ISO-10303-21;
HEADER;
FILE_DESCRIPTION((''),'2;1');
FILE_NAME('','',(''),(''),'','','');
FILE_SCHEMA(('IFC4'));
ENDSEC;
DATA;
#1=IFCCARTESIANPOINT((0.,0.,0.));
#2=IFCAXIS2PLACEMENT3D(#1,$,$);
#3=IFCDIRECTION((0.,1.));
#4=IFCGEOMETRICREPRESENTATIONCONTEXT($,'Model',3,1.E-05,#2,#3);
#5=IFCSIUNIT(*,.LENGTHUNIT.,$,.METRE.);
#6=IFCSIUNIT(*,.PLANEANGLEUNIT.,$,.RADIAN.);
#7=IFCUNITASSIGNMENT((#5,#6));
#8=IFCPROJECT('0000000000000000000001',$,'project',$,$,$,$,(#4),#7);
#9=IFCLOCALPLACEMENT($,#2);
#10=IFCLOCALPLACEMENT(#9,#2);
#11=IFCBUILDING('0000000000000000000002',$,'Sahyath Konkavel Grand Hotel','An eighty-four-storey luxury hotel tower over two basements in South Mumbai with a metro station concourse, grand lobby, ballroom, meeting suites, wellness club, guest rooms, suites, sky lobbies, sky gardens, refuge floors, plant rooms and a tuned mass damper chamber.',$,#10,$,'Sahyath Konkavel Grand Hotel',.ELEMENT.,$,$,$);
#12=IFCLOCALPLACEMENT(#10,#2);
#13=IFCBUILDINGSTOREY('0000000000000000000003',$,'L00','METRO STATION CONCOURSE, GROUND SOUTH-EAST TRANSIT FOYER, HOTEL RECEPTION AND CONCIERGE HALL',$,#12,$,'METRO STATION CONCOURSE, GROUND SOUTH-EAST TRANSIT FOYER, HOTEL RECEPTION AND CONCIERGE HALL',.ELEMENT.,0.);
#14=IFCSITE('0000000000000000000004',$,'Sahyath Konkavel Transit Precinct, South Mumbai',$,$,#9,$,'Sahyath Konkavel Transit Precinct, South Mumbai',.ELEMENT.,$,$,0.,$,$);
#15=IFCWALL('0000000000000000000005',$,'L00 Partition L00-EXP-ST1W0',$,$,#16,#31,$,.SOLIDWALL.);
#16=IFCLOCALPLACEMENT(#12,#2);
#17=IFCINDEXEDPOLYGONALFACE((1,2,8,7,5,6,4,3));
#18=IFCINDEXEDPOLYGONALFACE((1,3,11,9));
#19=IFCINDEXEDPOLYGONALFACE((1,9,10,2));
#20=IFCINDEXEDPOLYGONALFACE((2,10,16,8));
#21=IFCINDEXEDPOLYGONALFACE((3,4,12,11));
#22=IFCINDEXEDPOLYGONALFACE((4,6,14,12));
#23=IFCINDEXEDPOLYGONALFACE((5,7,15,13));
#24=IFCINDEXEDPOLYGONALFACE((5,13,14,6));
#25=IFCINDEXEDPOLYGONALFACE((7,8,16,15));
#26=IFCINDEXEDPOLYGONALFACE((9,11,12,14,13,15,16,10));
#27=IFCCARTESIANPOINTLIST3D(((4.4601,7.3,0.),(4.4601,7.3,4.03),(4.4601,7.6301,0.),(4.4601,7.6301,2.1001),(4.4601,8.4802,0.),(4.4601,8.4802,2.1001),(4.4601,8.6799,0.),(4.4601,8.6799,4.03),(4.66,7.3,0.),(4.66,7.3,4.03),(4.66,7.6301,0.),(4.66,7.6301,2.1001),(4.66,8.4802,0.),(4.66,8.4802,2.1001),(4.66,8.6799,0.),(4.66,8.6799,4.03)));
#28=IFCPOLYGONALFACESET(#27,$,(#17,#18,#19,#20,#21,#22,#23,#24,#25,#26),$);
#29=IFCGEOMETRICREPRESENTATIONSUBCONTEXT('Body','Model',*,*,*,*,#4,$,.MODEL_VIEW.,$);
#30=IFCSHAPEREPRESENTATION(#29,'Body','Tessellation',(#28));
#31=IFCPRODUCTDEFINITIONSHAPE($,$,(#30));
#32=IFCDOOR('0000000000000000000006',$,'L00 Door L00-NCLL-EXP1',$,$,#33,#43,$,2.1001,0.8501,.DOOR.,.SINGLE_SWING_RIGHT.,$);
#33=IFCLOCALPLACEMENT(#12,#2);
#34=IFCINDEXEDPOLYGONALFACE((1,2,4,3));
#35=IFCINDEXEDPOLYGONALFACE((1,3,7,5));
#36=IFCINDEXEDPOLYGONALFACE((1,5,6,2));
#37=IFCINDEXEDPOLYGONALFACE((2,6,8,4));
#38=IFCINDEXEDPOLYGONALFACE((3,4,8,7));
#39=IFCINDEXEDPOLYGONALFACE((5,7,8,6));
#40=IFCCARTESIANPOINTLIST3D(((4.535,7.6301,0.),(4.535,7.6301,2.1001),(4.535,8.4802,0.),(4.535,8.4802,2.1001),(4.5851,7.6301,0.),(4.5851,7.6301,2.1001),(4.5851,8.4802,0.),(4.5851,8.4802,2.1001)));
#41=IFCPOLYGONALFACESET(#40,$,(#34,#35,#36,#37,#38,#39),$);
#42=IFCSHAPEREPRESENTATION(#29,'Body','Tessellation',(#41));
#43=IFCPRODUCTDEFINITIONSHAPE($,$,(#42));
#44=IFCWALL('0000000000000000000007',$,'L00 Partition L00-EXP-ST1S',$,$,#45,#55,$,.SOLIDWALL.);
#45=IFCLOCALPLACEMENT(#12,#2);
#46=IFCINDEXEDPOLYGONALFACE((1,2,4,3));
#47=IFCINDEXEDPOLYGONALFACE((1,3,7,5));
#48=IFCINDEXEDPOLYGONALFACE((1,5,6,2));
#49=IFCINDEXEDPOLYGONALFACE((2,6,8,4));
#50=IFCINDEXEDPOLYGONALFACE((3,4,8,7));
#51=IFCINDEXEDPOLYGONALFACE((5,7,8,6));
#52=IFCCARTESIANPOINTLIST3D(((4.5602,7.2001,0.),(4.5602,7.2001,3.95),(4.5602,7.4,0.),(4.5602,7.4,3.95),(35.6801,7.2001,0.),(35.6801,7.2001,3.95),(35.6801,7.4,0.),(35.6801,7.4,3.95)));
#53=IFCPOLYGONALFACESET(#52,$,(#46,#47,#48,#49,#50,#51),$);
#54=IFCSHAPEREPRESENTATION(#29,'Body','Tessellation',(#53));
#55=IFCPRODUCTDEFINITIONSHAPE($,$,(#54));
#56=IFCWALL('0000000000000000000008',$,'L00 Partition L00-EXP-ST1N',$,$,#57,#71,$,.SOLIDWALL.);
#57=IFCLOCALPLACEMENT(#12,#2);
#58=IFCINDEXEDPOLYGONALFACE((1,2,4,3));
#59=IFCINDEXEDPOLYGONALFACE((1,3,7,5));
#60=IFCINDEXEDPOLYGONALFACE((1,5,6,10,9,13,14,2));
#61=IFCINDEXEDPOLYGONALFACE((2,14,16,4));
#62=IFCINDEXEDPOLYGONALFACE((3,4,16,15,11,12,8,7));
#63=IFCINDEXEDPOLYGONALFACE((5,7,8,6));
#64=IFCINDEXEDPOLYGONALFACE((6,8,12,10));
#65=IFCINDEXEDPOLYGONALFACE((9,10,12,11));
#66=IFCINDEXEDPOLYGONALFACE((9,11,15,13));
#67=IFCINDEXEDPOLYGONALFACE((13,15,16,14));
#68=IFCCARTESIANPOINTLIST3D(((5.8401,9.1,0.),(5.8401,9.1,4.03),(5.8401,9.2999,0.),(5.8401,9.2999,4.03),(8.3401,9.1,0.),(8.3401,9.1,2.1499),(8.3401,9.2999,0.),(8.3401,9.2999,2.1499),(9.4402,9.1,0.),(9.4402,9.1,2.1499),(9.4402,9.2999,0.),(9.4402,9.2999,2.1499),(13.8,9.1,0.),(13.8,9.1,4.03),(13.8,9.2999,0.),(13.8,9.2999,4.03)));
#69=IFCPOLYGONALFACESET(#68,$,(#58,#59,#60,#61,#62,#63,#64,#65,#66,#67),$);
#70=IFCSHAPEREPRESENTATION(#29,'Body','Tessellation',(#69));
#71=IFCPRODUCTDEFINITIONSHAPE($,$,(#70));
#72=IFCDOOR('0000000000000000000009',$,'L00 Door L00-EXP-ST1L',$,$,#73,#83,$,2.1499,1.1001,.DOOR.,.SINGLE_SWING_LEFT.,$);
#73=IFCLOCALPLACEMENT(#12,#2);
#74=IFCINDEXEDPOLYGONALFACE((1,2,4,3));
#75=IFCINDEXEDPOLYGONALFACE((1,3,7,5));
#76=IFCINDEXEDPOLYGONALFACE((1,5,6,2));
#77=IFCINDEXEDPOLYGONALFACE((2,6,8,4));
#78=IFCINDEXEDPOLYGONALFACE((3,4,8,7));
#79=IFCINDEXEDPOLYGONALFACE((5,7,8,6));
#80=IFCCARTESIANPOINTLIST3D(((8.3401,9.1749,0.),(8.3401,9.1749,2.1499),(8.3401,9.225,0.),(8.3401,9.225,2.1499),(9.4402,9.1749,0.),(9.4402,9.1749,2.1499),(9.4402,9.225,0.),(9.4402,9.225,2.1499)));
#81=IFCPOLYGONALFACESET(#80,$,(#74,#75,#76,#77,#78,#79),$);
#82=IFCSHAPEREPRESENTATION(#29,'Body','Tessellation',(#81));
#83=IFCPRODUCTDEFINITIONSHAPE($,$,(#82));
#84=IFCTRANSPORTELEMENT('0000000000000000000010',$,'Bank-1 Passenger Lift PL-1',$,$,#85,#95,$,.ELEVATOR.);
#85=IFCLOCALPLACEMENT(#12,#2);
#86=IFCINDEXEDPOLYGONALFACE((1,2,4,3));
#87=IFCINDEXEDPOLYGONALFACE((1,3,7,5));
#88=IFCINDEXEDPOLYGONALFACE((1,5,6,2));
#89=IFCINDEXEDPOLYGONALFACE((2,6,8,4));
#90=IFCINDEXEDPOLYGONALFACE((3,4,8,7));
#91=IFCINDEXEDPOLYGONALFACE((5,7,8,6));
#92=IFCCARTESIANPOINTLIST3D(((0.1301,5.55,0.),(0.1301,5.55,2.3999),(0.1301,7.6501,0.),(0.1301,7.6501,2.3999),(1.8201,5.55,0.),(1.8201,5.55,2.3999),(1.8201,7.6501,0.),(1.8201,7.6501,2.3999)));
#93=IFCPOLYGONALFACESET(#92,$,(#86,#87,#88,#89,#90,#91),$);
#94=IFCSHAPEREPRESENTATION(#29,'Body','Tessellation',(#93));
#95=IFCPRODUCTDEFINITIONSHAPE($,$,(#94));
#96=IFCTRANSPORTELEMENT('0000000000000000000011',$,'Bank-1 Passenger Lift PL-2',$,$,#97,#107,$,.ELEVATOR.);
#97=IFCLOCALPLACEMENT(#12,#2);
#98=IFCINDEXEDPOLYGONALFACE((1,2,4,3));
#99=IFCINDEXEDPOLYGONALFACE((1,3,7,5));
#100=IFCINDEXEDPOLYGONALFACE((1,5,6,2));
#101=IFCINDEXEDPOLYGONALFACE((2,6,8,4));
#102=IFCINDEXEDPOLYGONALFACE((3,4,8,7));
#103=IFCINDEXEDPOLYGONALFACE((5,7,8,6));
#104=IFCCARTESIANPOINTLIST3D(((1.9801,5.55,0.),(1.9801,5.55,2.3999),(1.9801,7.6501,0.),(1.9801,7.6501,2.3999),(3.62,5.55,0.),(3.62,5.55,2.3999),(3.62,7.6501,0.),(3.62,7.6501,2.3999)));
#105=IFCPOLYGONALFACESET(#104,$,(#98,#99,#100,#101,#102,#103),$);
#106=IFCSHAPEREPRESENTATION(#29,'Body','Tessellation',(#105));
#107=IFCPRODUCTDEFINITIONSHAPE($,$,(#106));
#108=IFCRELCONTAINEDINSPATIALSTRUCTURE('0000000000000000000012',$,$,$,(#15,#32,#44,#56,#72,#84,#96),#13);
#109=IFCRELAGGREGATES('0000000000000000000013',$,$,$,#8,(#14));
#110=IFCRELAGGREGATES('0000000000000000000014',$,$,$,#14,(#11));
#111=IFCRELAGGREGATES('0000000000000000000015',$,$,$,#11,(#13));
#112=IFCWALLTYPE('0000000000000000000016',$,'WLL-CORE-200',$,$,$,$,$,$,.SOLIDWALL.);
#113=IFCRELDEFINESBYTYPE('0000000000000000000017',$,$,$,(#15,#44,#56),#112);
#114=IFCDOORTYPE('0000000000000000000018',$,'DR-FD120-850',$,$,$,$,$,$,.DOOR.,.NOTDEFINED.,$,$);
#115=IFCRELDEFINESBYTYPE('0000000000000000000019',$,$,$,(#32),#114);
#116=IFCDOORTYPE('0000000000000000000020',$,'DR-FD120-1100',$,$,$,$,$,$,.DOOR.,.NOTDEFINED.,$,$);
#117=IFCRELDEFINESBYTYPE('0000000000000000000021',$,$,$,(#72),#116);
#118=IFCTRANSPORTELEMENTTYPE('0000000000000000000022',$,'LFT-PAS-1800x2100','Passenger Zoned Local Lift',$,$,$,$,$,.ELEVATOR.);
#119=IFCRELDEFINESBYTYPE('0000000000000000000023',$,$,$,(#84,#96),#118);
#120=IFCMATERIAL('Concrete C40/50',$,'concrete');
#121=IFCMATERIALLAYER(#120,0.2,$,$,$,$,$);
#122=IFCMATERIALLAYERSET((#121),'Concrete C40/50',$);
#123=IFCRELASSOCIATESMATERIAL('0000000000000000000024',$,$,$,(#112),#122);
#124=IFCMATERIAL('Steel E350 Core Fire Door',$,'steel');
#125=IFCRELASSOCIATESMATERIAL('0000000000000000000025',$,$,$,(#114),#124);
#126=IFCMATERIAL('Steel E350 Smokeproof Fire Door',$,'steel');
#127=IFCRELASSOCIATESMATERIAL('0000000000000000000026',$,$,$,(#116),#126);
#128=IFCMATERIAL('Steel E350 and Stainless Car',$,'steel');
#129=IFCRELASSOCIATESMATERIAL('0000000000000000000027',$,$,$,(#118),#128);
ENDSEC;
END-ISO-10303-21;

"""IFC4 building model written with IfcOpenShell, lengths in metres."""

from ifc_helpers import new_model, si_unit, direction, frame, frame_2d, origin, origin_2d, place, context, subcontext, project, spatial, rectangle, extrude, source, transform, mapped, material, layer, layer_set, type_object, element, fill, save


model = new_model("IFC4")

# Units and contexts
model_context = context("Model", 3, precision=1e-05, world=origin(), true_north=direction((0.0, 1.0)))
body_context = subcontext(model_context, "Body", "Model", "MODEL_VIEW")
ifc_project = project(units=[si_unit("LENGTHUNIT", "METRE"), si_unit("PLANEANGLEUNIT", "RADIAN")], contexts=[model_context])

# Site, building, storey
site_placement = place(None, origin())
site = spatial("IfcSite", under=ifc_project, at=site_placement, Name="Sahyath Konkavel Transit Precinct, South Mumbai", LongName="Sahyath Konkavel Transit Precinct, South Mumbai", CompositionType="ELEMENT", RefElevation=0.0)
building_placement = place(site_placement, origin())
building = spatial("IfcBuilding", under=site, at=building_placement, Name="Sahyath Konkavel Grand Hotel", Description="An eighty-four-storey luxury hotel tower over two basements in South Mumbai with a metro station concourse, grand lobby, ballroom, meeting suites, wellness club, guest rooms, suites, sky lobbies, sky gardens, refuge floors, plant rooms and a tuned mass damper chamber.", LongName="Sahyath Konkavel Grand Hotel", CompositionType="ELEMENT")
storey_placement = place(building_placement, origin())
storey = spatial("IfcBuildingStorey", under=building, at=storey_placement, Name="L00", Description="METRO STATION CONCOURSE, GROUND SOUTH-EAST TRANSIT FOYER, HOTEL RECEPTION AND CONCIERGE HALL", LongName="METRO STATION CONCOURSE, GROUND SOUTH-EAST TRANSIT FOYER, HOTEL RECEPTION AND CONCIERGE HALL", CompositionType="ELEMENT", Elevation=0.0)

# Shared definitions
ifc_material_1 = material(Name="Concrete C40/50", Category="concrete")
ifc_layer = layer(ifc_material_1, 0.2)
ifc_layer_set = layer_set([ifc_layer], Name="Concrete C40/50")
wall_type = type_object("IfcWallType", Name="WLL-CORE-200", PredefinedType="SOLIDWALL", material=ifc_layer_set)

# Wall, opening, door
wall_1_placement = place(storey_placement, frame((4.5601, 7.3, 0.0), z_axis=(0.0, 0.0, 1.0), x_axis=(0.0, 1.0, 0.0)))
wall_1 = element("IfcWall", 1, at=wall_1_placement, inside=storey, type_object=wall_type, Name="L00 Partition L00-EXP-ST1W0", PredefinedType="SOLIDWALL", context=body_context, shape_type="SweptSolid", body=[
    extrude(rectangle(XDim=1.3799, YDim=0.2, at=frame_2d((0.6899, 0.0))), origin(), (0.0, 0.0, 1.0), 4.03),
])
opening_1_placement = place(wall_1_placement, frame((0.3301, 0.0, 0.0)))
opening_1 = element("IfcOpeningElement", 2, at=opening_1_placement, cuts=wall_1, PredefinedType="OPENING", context=body_context, shape_type="SweptSolid", body=[
    extrude(rectangle(XDim=0.8501, YDim=2.1001, at=frame_2d((0.425, 1.05))), frame((0.0, 0.1099, 0.0), z_axis=(0.0, -1.0, 0.0), x_axis=(1.0, 0.0, 0.0)), (0.0, 0.0, 1.0), 0.22),
])
ifc_material_2 = material(Name="Steel E350 Core Fire Door", Category="steel")
door_type_1 = type_object("IfcDoorType", Name="DR-FD120-850", OperationType="NOTDEFINED", PredefinedType="DOOR", material=ifc_material_2)
shared_shape_1 = source(origin(), body_context, "Body", "SweptSolid", [
    extrude(rectangle(XDim=0.8501, YDim=0.05, at=origin_2d()), origin(), (0.0, 0.0, 1.0), 2.1001),
])
door_1_placement = place(opening_1_placement, frame((0.425, 0.0, 0.0)))
door_1 = element("IfcDoor", 3, at=door_1_placement, inside=storey, type_object=door_type_1, Name="L00 Door L00-NCLL-EXP1", OperationType="SINGLE_SWING_RIGHT", OverallHeight=2.1001, OverallWidth=0.8501, PredefinedType="DOOR", context=body_context, shape_type="MappedRepresentation", body=[
    mapped(shared_shape_1, transform((0.0, 0.0, 0.0), scale=1.0)),
])
fill(opening_1, door_1)

# Wall
wall_2_placement = place(storey_placement, frame((4.5601, 7.3, 0.0), z_axis=(0.0, 0.0, 1.0), x_axis=(1.0, 0.0, 0.0)))
element("IfcWall", 4, at=wall_2_placement, inside=storey, type_object=wall_type, Name="L00 Partition L00-EXP-ST1S", PredefinedType="SOLIDWALL", context=body_context, shape_type="SweptSolid", body=[
    extrude(rectangle(XDim=31.1199, YDim=0.2, at=frame_2d((15.5601, 0.0))), origin(), (0.0, 0.0, 1.0), 3.95),
])

# Wall, opening, door
wall_3_placement = place(storey_placement, frame((5.8401, 9.2, 0.0), z_axis=(0.0, 0.0, 1.0), x_axis=(1.0, 0.0, 0.0)))
wall_3 = element("IfcWall", 5, at=wall_3_placement, inside=storey, type_object=wall_type, Name="L00 Partition L00-EXP-ST1N", PredefinedType="SOLIDWALL", context=body_context, shape_type="SweptSolid", body=[
    extrude(rectangle(XDim=7.96, YDim=0.2, at=frame_2d((3.98, 0.0))), origin(), (0.0, 0.0, 1.0), 4.03),
])
opening_2_placement = place(wall_3_placement, frame((2.5, 0.0, 0.0)))
opening_2 = element("IfcOpeningElement", 6, at=opening_2_placement, cuts=wall_3, PredefinedType="OPENING", context=body_context, shape_type="SweptSolid", body=[
    extrude(rectangle(XDim=1.1001, YDim=2.1499, at=frame_2d((0.55, 1.075))), frame((0.0, 0.1099, 0.0), z_axis=(0.0, -1.0, 0.0), x_axis=(1.0, 0.0, 0.0)), (0.0, 0.0, 1.0), 0.22),
])
ifc_material_3 = material(Name="Steel E350 Smokeproof Fire Door", Category="steel")
door_type_2 = type_object("IfcDoorType", Name="DR-FD120-1100", OperationType="NOTDEFINED", PredefinedType="DOOR", material=ifc_material_3)
shared_shape_2 = source(origin(), body_context, "Body", "SweptSolid", [
    extrude(rectangle(XDim=1.1001, YDim=0.05, at=origin_2d()), origin(), (0.0, 0.0, 1.0), 2.1499),
])
door_2_placement = place(opening_2_placement, frame((0.55, 0.0, 0.0)))
door_2 = element("IfcDoor", 7, at=door_2_placement, inside=storey, type_object=door_type_2, Name="L00 Door L00-EXP-ST1L", OperationType="SINGLE_SWING_LEFT", OverallHeight=2.1499, OverallWidth=1.1001, PredefinedType="DOOR", context=body_context, shape_type="MappedRepresentation", body=[
    mapped(shared_shape_2, transform((0.0, 0.0, 0.0), scale=1.0)),
])
fill(opening_2, door_2)

# Transport elements
ifc_material_4 = material(Name="Steel E350 and Stainless Car", Category="steel")
transport_element_type = type_object("IfcTransportElementType", Name="LFT-PAS-1800x2100", Description="Passenger Zoned Local Lift", PredefinedType="ELEVATOR", material=ifc_material_4)
shared_shape_3 = source(origin(), body_context, "Body", "SweptSolid", [
    extrude(rectangle(XDim=1.6899, YDim=2.1001, at=origin_2d()), origin(), (0.0, 0.0, 1.0), 2.3999),
])
transport_element_1_placement = place(storey_placement, frame((0.9751, 6.6001, 0.0), z_axis=(0.0, 0.0, 1.0), x_axis=(1.0, 0.0, 0.0)))
element("IfcTransportElement", 8, at=transport_element_1_placement, inside=storey, type_object=transport_element_type, Name="Bank-1 Passenger Lift PL-1", PredefinedType="ELEVATOR", context=body_context, shape_type="MappedRepresentation", body=[
    mapped(shared_shape_3, transform((0.0, 0.0, 0.0), scale=1.0)),
])
shared_shape_4 = source(origin(), body_context, "Body", "SweptSolid", [
    extrude(rectangle(XDim=1.6399, YDim=2.1001, at=origin_2d()), origin(), (0.0, 0.0, 1.0), 2.3999),
])
transport_element_2_placement = place(storey_placement, frame((2.8, 6.6001, 0.0), z_axis=(0.0, 0.0, 1.0), x_axis=(1.0, 0.0, 0.0)))
element("IfcTransportElement", 9, at=transport_element_2_placement, inside=storey, type_object=transport_element_type, Name="Bank-1 Passenger Lift PL-2", PredefinedType="ELEVATOR", context=body_context, shape_type="MappedRepresentation", body=[
    mapped(shared_shape_4, transform((0.0, 0.0, 0.0), scale=1.0)),
])

save(model, "model.ifc")
